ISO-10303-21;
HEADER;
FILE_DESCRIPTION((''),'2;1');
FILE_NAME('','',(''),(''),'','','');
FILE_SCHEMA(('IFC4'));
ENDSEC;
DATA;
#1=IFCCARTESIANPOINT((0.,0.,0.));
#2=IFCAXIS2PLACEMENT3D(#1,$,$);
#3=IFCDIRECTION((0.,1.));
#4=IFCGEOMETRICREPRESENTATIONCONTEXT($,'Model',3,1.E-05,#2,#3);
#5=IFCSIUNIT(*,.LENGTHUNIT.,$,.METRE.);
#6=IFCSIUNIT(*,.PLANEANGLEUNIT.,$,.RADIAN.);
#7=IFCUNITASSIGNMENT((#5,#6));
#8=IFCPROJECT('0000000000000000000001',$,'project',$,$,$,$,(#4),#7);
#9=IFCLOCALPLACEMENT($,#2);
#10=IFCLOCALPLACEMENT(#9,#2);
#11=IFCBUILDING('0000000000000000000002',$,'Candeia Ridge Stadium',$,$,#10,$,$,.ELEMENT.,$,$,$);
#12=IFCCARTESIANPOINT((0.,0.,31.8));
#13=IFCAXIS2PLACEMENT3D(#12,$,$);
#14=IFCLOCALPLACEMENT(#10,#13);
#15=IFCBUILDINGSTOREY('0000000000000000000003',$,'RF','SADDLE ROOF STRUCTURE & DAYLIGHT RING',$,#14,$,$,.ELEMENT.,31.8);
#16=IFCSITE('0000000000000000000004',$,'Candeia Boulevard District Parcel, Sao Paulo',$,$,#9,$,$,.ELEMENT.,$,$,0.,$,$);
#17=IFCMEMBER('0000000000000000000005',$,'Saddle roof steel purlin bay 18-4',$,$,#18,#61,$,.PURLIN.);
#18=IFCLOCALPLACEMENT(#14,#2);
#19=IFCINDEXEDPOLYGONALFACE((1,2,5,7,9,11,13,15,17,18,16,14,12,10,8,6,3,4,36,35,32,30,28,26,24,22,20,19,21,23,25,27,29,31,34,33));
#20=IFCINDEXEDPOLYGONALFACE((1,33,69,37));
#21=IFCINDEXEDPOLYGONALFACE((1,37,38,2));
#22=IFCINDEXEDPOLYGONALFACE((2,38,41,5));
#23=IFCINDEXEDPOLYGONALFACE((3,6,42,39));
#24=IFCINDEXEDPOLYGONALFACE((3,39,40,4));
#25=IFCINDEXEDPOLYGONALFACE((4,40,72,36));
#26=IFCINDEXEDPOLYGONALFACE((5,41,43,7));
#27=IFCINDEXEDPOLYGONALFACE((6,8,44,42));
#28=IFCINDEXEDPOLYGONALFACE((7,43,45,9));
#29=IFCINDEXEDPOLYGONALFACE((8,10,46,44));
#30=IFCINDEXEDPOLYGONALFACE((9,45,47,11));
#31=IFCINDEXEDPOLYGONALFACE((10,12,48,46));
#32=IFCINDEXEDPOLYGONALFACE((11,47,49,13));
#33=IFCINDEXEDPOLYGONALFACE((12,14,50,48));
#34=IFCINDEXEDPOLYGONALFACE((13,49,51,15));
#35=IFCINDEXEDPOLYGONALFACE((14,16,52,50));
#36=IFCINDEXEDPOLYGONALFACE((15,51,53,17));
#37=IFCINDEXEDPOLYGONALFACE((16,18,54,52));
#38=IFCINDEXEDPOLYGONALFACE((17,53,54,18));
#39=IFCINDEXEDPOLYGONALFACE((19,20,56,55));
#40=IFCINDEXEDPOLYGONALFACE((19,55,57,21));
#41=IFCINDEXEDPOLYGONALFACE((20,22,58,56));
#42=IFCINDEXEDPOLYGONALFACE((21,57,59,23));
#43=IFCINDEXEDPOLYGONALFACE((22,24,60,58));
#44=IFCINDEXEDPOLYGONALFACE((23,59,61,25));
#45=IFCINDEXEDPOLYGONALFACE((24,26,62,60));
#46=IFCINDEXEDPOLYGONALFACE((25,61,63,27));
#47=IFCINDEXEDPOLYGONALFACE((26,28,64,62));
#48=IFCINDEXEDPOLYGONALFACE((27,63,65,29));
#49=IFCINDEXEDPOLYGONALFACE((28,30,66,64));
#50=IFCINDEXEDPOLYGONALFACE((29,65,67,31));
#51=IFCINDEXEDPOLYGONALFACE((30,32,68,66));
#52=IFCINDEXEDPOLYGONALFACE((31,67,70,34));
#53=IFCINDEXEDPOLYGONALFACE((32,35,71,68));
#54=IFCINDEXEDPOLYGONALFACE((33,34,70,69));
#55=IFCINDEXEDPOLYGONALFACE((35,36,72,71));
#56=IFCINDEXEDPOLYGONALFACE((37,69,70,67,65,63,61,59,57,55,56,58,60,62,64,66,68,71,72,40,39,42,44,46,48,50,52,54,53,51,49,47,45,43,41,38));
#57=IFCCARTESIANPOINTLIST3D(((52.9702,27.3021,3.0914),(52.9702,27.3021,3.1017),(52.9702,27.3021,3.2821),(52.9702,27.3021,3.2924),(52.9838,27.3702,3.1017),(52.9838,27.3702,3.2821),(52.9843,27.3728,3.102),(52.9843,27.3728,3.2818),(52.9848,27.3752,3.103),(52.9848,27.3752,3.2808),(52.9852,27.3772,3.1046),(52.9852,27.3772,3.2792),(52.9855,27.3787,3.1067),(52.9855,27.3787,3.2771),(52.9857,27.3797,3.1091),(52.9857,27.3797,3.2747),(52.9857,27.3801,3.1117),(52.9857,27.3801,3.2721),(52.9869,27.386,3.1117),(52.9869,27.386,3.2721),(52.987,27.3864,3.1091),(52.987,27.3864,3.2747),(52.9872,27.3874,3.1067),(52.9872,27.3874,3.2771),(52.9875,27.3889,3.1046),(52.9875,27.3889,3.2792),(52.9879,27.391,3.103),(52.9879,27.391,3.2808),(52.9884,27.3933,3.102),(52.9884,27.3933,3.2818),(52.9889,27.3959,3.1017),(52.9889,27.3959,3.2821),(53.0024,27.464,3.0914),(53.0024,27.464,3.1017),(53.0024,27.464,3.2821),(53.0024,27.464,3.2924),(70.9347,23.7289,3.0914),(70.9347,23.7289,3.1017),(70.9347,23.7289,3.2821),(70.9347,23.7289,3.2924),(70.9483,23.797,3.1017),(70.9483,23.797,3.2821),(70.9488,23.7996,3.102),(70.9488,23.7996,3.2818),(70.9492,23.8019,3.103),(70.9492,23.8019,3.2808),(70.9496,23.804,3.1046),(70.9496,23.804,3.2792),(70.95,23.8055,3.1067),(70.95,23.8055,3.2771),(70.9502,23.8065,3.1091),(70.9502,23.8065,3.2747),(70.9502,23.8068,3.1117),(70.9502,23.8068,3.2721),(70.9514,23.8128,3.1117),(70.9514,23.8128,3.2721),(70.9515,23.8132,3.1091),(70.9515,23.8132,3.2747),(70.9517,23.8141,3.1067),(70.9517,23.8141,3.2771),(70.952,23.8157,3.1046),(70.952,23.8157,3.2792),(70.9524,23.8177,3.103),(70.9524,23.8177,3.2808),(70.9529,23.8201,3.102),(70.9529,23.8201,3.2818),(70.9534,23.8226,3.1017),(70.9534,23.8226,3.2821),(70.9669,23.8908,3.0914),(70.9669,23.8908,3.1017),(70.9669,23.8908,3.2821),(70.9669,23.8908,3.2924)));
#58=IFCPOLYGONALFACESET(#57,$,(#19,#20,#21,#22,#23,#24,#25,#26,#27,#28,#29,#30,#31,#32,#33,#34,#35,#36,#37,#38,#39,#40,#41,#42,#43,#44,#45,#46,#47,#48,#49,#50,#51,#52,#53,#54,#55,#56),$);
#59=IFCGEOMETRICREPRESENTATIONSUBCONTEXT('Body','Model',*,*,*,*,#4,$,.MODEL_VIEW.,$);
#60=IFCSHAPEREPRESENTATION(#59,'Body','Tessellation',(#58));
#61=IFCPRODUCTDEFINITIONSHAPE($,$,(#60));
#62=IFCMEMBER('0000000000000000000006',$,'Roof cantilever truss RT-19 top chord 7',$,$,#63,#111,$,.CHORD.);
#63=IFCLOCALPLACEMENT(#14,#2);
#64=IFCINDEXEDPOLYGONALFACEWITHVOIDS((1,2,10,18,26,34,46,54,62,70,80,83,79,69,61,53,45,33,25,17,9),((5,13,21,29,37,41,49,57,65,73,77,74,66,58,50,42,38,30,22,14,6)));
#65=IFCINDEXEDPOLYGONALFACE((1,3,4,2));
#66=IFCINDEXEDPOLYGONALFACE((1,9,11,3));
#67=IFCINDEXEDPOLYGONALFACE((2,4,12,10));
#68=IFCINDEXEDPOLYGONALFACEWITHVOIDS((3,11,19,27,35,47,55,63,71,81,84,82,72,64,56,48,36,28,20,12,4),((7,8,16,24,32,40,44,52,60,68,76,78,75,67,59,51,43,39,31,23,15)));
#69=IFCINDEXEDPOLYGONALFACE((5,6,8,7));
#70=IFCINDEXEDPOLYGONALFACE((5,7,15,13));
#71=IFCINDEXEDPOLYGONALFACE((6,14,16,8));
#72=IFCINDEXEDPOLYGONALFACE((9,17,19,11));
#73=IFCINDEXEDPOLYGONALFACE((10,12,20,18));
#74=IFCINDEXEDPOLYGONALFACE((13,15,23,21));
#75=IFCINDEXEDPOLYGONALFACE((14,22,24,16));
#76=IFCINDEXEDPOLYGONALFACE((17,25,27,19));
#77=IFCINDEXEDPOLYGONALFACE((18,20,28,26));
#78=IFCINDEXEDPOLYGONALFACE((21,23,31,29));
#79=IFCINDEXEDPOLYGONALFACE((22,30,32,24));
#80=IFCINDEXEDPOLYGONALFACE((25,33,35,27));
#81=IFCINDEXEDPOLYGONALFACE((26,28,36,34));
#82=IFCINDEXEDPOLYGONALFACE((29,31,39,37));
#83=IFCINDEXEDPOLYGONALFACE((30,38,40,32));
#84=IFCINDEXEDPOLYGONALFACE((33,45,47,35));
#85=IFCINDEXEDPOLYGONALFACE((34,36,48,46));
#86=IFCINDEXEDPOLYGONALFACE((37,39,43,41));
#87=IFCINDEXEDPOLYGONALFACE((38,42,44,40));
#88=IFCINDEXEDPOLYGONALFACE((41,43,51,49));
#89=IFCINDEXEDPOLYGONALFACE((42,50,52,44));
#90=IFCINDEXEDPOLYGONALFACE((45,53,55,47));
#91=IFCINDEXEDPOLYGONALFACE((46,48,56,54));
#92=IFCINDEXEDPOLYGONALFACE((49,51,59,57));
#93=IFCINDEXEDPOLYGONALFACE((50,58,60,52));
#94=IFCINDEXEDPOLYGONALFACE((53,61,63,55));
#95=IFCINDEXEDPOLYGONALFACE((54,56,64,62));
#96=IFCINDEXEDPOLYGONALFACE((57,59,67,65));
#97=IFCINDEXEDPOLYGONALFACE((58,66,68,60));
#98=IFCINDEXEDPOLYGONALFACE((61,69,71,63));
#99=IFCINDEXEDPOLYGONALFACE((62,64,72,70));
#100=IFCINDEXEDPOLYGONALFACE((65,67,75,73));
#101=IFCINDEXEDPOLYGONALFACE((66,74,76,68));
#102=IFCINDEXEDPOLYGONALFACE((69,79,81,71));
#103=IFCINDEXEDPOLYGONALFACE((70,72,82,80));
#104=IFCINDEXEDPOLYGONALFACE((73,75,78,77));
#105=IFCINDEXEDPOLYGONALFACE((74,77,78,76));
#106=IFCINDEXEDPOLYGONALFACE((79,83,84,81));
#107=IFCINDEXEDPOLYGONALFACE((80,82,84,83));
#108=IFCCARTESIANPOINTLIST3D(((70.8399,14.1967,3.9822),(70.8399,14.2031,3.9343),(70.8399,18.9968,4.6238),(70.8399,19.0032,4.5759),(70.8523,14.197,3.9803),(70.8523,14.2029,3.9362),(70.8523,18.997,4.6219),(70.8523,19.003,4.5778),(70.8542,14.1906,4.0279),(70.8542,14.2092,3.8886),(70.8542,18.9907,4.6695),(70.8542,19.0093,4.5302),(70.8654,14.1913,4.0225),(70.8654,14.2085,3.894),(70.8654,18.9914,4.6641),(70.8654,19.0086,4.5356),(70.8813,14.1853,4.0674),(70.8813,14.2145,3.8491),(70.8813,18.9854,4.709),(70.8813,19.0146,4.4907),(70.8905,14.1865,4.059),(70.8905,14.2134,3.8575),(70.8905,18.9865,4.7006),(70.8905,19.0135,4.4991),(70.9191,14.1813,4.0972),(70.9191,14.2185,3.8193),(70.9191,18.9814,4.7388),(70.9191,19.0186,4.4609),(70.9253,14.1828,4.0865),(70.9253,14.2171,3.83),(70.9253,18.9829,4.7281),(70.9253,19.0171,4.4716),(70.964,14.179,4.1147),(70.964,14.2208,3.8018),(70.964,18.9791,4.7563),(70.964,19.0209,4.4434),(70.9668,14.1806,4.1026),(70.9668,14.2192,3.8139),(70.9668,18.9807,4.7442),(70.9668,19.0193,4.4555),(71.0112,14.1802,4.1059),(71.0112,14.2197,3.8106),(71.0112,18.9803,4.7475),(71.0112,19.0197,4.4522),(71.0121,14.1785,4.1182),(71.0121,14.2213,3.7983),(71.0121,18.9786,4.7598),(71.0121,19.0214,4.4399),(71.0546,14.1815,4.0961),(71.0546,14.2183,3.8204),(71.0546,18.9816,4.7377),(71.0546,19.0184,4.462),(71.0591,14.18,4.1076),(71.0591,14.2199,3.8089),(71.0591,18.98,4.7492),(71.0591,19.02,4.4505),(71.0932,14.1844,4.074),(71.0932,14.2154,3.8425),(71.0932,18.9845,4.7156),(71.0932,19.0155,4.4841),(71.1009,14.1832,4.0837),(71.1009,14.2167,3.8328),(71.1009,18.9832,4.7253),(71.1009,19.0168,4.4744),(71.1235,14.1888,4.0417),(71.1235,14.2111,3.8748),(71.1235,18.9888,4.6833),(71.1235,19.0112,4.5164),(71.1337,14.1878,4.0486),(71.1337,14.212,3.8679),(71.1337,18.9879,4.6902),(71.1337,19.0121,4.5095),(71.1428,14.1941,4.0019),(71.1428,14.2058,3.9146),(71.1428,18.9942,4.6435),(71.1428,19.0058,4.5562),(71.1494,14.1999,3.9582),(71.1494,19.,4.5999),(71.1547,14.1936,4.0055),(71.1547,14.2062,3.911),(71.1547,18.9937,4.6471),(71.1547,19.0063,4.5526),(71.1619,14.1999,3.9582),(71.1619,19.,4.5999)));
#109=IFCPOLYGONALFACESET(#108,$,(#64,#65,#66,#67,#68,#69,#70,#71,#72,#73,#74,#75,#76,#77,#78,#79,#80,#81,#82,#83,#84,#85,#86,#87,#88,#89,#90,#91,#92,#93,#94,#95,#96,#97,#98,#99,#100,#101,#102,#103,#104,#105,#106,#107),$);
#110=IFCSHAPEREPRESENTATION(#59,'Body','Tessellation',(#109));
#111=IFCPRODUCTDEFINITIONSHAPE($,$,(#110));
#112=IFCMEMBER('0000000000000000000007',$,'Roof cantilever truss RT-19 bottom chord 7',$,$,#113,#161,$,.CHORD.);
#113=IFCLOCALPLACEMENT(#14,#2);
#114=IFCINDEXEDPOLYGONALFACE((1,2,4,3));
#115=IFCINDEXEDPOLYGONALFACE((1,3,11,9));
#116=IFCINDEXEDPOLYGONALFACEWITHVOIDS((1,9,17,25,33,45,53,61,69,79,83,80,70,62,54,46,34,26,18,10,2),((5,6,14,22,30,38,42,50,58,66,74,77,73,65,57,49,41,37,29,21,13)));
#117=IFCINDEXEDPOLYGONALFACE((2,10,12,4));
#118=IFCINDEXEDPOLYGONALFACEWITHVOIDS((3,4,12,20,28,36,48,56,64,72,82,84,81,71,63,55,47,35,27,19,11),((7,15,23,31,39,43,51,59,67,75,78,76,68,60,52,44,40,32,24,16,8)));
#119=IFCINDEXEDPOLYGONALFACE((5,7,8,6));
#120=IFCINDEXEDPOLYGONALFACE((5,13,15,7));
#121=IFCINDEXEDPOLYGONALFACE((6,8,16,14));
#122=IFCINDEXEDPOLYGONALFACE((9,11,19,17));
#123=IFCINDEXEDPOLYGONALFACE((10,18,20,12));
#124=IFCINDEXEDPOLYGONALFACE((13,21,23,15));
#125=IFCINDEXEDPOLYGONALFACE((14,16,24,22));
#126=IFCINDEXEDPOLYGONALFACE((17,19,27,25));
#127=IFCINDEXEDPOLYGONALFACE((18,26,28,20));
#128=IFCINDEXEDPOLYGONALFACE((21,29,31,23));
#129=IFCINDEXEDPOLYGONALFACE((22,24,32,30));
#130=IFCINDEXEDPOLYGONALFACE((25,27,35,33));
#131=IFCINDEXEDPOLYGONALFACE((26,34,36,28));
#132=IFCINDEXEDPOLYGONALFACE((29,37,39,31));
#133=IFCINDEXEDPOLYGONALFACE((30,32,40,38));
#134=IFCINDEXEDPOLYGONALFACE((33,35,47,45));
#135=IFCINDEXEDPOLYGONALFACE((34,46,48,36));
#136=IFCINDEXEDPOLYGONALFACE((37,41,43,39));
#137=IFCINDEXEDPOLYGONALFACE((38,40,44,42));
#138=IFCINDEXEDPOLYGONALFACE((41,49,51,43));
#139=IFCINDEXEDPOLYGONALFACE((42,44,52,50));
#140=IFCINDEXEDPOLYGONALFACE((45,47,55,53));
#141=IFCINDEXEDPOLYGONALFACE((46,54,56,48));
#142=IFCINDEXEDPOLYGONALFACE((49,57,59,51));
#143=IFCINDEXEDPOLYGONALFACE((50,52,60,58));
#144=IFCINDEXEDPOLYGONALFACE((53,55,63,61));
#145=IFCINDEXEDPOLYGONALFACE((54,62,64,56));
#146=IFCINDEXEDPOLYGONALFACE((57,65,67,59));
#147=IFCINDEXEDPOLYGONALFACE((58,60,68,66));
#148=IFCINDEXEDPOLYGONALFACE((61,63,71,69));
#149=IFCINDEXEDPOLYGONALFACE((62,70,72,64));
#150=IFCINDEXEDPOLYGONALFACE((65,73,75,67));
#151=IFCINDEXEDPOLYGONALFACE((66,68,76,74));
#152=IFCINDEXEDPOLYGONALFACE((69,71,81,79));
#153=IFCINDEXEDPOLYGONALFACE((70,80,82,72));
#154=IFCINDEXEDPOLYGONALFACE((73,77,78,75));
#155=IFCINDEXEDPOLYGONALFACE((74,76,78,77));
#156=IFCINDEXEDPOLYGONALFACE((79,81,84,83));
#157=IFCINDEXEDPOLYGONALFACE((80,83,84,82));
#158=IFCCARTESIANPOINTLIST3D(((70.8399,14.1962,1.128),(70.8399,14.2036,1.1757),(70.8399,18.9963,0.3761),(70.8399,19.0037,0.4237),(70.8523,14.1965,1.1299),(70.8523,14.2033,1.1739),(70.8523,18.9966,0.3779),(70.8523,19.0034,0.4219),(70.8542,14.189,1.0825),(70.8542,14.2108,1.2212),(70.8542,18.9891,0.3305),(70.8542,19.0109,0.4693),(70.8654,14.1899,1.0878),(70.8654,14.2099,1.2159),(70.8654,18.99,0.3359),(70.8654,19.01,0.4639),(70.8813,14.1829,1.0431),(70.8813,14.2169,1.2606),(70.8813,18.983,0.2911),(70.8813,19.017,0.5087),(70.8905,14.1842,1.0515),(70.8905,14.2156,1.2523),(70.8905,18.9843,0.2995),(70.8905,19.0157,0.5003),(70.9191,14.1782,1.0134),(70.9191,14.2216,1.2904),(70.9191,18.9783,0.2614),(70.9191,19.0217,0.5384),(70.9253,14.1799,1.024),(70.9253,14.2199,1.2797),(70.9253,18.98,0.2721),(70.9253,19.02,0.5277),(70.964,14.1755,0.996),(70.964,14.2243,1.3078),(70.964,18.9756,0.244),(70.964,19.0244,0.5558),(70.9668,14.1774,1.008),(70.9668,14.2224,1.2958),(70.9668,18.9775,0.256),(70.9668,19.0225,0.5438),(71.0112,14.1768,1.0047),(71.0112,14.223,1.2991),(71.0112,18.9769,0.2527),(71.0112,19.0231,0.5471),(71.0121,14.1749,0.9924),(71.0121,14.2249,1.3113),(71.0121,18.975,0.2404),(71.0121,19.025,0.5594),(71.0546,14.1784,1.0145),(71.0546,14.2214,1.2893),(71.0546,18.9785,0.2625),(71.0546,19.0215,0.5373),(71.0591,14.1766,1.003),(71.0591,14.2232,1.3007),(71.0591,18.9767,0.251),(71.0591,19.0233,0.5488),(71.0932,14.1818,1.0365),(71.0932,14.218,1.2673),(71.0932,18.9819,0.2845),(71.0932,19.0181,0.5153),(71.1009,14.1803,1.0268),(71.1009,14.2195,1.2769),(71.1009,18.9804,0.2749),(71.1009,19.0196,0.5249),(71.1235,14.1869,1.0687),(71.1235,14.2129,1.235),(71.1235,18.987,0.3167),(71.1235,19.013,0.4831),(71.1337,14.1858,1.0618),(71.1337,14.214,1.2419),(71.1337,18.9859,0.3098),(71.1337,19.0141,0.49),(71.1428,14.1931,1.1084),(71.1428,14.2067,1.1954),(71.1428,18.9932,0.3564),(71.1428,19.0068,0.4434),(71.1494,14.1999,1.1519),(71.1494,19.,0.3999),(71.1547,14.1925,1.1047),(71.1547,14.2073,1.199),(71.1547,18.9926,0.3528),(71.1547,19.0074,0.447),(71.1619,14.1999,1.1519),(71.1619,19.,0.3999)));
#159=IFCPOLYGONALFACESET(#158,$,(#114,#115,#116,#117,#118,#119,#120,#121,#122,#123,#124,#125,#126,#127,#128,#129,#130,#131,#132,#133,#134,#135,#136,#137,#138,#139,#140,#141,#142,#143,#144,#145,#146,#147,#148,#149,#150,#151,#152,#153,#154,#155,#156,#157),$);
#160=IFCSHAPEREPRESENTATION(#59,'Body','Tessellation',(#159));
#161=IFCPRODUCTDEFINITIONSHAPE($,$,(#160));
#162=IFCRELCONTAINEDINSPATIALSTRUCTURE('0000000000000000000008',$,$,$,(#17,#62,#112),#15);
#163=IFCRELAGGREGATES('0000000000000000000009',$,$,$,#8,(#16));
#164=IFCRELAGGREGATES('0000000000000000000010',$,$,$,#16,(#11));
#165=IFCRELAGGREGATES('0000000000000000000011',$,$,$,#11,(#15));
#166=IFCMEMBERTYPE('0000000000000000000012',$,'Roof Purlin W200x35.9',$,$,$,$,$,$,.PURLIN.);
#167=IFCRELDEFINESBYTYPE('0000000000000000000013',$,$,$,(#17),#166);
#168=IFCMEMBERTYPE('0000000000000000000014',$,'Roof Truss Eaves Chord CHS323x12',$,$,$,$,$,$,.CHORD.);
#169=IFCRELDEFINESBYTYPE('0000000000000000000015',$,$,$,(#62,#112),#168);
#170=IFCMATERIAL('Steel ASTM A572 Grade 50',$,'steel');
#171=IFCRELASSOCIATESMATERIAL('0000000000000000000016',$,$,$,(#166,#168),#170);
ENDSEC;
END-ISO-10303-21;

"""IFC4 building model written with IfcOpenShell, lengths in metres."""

from ifc_helpers import new_model, si_unit, direction, frame, origin, origin_2d, place, context, subcontext, project, spatial, hollow_circle, i_section, extrude, material, material_profile, profile_set, type_object, element, save


model = new_model("IFC4")

# Units and contexts
model_context = context("Model", 3, precision=1e-05, world=origin(), true_north=direction((0.0, 1.0)))
body_context = subcontext(model_context, "Body", "Model", "MODEL_VIEW")
ifc_project = project(units=[si_unit("LENGTHUNIT", "METRE"), si_unit("PLANEANGLEUNIT", "RADIAN")], contexts=[model_context])

# Site, building, storey
site_placement = place(None, origin())
site = spatial("IfcSite", under=ifc_project, at=site_placement, Name="Candeia Boulevard District Parcel, Sao Paulo", CompositionType="ELEMENT", RefElevation=0.0)
building_placement = place(site_placement, origin())
building = spatial("IfcBuilding", under=site, at=building_placement, Name="Candeia Ridge Stadium", CompositionType="ELEMENT")
storey_placement = place(building_placement, frame((0.0, 0.0, 31.8)))
storey = spatial("IfcBuildingStorey", under=building, at=storey_placement, Name="RF", Description="SADDLE ROOF STRUCTURE & DAYLIGHT RING", CompositionType="ELEMENT", Elevation=31.8)

# Shared definitions
ifc_material_1 = material(Name="Steel ASTM A572 Grade 50", Category="steel")

# Members
ifc_material_profile_1 = material_profile(ifc_material_1, i_section(OverallWidth=0.165, OverallDepth=0.2009, WebThickness=0.0061, FlangeThickness=0.0103, FilletRadius=0.01, at=origin_2d()), Name="W200x35.9", Category="steel")
ifc_profile_set_1 = profile_set([ifc_material_profile_1], Name="Steel ASTM A572 Grade 50")
member_type_1 = type_object("IfcMemberType", Name="Roof Purlin W200x35.9", PredefinedType="PURLIN", material=ifc_profile_set_1)
member_1_placement = place(storey_placement, frame((52.9863, 27.3831, 3.1919), z_axis=(0.980787, -0.195083, 0.0), x_axis=(0.195083, 0.980787, 0.0)))
element("IfcMember", 1, at=member_1_placement, inside=storey, type_object=member_type_1, Name="Saddle roof steel purlin bay 18-4", PredefinedType="PURLIN", context=body_context, shape_type="SweptSolid", body=[
    extrude(i_section(OverallWidth=0.165, OverallDepth=0.2009, WebThickness=0.0061, FlangeThickness=0.0103, FilletRadius=0.01, at=origin_2d()), origin(), (0.0, 0.0, 1.0), 18.3164),
])
ifc_material_profile_2 = material_profile(ifc_material_1, hollow_circle(Radius=0.1619, WallThickness=0.0125, at=origin_2d()), Name="CHS323x12", Category="steel")
ifc_profile_set_2 = profile_set([ifc_material_profile_2], Name="Steel ASTM A572 Grade 50")
member_type_2 = type_object("IfcMemberType", Name="Roof Truss Eaves Chord CHS323x12", PredefinedType="CHORD", material=ifc_profile_set_2)
member_2_placement = place(storey_placement, frame((71.0, 19.0, 4.5999), z_axis=(0.0, -0.991185, -0.132487), x_axis=(1.0, 0.0, 0.0)))
element("IfcMember", 2, at=member_2_placement, inside=storey, type_object=member_type_2, Name="Roof cantilever truss RT-19 top chord 7", PredefinedType="CHORD", context=body_context, shape_type="SweptSolid", body=[
    extrude(hollow_circle(Radius=0.1619, WallThickness=0.0125, at=origin_2d()), origin(), (0.0, 0.0, 1.0), 4.8428),
])
member_3_placement = place(storey_placement, frame((71.0, 19.0, 0.3999), z_axis=(0.0, -0.987951, 0.154768), x_axis=(1.0, 0.0, 0.0)))
element("IfcMember", 3, at=member_3_placement, inside=storey, type_object=member_type_2, Name="Roof cantilever truss RT-19 bottom chord 7", PredefinedType="CHORD", context=body_context, shape_type="SweptSolid", body=[
    extrude(hollow_circle(Radius=0.1619, WallThickness=0.0125, at=origin_2d()), origin(), (0.0, 0.0, 1.0), 4.8586),
])

save(model, "model.ifc")
